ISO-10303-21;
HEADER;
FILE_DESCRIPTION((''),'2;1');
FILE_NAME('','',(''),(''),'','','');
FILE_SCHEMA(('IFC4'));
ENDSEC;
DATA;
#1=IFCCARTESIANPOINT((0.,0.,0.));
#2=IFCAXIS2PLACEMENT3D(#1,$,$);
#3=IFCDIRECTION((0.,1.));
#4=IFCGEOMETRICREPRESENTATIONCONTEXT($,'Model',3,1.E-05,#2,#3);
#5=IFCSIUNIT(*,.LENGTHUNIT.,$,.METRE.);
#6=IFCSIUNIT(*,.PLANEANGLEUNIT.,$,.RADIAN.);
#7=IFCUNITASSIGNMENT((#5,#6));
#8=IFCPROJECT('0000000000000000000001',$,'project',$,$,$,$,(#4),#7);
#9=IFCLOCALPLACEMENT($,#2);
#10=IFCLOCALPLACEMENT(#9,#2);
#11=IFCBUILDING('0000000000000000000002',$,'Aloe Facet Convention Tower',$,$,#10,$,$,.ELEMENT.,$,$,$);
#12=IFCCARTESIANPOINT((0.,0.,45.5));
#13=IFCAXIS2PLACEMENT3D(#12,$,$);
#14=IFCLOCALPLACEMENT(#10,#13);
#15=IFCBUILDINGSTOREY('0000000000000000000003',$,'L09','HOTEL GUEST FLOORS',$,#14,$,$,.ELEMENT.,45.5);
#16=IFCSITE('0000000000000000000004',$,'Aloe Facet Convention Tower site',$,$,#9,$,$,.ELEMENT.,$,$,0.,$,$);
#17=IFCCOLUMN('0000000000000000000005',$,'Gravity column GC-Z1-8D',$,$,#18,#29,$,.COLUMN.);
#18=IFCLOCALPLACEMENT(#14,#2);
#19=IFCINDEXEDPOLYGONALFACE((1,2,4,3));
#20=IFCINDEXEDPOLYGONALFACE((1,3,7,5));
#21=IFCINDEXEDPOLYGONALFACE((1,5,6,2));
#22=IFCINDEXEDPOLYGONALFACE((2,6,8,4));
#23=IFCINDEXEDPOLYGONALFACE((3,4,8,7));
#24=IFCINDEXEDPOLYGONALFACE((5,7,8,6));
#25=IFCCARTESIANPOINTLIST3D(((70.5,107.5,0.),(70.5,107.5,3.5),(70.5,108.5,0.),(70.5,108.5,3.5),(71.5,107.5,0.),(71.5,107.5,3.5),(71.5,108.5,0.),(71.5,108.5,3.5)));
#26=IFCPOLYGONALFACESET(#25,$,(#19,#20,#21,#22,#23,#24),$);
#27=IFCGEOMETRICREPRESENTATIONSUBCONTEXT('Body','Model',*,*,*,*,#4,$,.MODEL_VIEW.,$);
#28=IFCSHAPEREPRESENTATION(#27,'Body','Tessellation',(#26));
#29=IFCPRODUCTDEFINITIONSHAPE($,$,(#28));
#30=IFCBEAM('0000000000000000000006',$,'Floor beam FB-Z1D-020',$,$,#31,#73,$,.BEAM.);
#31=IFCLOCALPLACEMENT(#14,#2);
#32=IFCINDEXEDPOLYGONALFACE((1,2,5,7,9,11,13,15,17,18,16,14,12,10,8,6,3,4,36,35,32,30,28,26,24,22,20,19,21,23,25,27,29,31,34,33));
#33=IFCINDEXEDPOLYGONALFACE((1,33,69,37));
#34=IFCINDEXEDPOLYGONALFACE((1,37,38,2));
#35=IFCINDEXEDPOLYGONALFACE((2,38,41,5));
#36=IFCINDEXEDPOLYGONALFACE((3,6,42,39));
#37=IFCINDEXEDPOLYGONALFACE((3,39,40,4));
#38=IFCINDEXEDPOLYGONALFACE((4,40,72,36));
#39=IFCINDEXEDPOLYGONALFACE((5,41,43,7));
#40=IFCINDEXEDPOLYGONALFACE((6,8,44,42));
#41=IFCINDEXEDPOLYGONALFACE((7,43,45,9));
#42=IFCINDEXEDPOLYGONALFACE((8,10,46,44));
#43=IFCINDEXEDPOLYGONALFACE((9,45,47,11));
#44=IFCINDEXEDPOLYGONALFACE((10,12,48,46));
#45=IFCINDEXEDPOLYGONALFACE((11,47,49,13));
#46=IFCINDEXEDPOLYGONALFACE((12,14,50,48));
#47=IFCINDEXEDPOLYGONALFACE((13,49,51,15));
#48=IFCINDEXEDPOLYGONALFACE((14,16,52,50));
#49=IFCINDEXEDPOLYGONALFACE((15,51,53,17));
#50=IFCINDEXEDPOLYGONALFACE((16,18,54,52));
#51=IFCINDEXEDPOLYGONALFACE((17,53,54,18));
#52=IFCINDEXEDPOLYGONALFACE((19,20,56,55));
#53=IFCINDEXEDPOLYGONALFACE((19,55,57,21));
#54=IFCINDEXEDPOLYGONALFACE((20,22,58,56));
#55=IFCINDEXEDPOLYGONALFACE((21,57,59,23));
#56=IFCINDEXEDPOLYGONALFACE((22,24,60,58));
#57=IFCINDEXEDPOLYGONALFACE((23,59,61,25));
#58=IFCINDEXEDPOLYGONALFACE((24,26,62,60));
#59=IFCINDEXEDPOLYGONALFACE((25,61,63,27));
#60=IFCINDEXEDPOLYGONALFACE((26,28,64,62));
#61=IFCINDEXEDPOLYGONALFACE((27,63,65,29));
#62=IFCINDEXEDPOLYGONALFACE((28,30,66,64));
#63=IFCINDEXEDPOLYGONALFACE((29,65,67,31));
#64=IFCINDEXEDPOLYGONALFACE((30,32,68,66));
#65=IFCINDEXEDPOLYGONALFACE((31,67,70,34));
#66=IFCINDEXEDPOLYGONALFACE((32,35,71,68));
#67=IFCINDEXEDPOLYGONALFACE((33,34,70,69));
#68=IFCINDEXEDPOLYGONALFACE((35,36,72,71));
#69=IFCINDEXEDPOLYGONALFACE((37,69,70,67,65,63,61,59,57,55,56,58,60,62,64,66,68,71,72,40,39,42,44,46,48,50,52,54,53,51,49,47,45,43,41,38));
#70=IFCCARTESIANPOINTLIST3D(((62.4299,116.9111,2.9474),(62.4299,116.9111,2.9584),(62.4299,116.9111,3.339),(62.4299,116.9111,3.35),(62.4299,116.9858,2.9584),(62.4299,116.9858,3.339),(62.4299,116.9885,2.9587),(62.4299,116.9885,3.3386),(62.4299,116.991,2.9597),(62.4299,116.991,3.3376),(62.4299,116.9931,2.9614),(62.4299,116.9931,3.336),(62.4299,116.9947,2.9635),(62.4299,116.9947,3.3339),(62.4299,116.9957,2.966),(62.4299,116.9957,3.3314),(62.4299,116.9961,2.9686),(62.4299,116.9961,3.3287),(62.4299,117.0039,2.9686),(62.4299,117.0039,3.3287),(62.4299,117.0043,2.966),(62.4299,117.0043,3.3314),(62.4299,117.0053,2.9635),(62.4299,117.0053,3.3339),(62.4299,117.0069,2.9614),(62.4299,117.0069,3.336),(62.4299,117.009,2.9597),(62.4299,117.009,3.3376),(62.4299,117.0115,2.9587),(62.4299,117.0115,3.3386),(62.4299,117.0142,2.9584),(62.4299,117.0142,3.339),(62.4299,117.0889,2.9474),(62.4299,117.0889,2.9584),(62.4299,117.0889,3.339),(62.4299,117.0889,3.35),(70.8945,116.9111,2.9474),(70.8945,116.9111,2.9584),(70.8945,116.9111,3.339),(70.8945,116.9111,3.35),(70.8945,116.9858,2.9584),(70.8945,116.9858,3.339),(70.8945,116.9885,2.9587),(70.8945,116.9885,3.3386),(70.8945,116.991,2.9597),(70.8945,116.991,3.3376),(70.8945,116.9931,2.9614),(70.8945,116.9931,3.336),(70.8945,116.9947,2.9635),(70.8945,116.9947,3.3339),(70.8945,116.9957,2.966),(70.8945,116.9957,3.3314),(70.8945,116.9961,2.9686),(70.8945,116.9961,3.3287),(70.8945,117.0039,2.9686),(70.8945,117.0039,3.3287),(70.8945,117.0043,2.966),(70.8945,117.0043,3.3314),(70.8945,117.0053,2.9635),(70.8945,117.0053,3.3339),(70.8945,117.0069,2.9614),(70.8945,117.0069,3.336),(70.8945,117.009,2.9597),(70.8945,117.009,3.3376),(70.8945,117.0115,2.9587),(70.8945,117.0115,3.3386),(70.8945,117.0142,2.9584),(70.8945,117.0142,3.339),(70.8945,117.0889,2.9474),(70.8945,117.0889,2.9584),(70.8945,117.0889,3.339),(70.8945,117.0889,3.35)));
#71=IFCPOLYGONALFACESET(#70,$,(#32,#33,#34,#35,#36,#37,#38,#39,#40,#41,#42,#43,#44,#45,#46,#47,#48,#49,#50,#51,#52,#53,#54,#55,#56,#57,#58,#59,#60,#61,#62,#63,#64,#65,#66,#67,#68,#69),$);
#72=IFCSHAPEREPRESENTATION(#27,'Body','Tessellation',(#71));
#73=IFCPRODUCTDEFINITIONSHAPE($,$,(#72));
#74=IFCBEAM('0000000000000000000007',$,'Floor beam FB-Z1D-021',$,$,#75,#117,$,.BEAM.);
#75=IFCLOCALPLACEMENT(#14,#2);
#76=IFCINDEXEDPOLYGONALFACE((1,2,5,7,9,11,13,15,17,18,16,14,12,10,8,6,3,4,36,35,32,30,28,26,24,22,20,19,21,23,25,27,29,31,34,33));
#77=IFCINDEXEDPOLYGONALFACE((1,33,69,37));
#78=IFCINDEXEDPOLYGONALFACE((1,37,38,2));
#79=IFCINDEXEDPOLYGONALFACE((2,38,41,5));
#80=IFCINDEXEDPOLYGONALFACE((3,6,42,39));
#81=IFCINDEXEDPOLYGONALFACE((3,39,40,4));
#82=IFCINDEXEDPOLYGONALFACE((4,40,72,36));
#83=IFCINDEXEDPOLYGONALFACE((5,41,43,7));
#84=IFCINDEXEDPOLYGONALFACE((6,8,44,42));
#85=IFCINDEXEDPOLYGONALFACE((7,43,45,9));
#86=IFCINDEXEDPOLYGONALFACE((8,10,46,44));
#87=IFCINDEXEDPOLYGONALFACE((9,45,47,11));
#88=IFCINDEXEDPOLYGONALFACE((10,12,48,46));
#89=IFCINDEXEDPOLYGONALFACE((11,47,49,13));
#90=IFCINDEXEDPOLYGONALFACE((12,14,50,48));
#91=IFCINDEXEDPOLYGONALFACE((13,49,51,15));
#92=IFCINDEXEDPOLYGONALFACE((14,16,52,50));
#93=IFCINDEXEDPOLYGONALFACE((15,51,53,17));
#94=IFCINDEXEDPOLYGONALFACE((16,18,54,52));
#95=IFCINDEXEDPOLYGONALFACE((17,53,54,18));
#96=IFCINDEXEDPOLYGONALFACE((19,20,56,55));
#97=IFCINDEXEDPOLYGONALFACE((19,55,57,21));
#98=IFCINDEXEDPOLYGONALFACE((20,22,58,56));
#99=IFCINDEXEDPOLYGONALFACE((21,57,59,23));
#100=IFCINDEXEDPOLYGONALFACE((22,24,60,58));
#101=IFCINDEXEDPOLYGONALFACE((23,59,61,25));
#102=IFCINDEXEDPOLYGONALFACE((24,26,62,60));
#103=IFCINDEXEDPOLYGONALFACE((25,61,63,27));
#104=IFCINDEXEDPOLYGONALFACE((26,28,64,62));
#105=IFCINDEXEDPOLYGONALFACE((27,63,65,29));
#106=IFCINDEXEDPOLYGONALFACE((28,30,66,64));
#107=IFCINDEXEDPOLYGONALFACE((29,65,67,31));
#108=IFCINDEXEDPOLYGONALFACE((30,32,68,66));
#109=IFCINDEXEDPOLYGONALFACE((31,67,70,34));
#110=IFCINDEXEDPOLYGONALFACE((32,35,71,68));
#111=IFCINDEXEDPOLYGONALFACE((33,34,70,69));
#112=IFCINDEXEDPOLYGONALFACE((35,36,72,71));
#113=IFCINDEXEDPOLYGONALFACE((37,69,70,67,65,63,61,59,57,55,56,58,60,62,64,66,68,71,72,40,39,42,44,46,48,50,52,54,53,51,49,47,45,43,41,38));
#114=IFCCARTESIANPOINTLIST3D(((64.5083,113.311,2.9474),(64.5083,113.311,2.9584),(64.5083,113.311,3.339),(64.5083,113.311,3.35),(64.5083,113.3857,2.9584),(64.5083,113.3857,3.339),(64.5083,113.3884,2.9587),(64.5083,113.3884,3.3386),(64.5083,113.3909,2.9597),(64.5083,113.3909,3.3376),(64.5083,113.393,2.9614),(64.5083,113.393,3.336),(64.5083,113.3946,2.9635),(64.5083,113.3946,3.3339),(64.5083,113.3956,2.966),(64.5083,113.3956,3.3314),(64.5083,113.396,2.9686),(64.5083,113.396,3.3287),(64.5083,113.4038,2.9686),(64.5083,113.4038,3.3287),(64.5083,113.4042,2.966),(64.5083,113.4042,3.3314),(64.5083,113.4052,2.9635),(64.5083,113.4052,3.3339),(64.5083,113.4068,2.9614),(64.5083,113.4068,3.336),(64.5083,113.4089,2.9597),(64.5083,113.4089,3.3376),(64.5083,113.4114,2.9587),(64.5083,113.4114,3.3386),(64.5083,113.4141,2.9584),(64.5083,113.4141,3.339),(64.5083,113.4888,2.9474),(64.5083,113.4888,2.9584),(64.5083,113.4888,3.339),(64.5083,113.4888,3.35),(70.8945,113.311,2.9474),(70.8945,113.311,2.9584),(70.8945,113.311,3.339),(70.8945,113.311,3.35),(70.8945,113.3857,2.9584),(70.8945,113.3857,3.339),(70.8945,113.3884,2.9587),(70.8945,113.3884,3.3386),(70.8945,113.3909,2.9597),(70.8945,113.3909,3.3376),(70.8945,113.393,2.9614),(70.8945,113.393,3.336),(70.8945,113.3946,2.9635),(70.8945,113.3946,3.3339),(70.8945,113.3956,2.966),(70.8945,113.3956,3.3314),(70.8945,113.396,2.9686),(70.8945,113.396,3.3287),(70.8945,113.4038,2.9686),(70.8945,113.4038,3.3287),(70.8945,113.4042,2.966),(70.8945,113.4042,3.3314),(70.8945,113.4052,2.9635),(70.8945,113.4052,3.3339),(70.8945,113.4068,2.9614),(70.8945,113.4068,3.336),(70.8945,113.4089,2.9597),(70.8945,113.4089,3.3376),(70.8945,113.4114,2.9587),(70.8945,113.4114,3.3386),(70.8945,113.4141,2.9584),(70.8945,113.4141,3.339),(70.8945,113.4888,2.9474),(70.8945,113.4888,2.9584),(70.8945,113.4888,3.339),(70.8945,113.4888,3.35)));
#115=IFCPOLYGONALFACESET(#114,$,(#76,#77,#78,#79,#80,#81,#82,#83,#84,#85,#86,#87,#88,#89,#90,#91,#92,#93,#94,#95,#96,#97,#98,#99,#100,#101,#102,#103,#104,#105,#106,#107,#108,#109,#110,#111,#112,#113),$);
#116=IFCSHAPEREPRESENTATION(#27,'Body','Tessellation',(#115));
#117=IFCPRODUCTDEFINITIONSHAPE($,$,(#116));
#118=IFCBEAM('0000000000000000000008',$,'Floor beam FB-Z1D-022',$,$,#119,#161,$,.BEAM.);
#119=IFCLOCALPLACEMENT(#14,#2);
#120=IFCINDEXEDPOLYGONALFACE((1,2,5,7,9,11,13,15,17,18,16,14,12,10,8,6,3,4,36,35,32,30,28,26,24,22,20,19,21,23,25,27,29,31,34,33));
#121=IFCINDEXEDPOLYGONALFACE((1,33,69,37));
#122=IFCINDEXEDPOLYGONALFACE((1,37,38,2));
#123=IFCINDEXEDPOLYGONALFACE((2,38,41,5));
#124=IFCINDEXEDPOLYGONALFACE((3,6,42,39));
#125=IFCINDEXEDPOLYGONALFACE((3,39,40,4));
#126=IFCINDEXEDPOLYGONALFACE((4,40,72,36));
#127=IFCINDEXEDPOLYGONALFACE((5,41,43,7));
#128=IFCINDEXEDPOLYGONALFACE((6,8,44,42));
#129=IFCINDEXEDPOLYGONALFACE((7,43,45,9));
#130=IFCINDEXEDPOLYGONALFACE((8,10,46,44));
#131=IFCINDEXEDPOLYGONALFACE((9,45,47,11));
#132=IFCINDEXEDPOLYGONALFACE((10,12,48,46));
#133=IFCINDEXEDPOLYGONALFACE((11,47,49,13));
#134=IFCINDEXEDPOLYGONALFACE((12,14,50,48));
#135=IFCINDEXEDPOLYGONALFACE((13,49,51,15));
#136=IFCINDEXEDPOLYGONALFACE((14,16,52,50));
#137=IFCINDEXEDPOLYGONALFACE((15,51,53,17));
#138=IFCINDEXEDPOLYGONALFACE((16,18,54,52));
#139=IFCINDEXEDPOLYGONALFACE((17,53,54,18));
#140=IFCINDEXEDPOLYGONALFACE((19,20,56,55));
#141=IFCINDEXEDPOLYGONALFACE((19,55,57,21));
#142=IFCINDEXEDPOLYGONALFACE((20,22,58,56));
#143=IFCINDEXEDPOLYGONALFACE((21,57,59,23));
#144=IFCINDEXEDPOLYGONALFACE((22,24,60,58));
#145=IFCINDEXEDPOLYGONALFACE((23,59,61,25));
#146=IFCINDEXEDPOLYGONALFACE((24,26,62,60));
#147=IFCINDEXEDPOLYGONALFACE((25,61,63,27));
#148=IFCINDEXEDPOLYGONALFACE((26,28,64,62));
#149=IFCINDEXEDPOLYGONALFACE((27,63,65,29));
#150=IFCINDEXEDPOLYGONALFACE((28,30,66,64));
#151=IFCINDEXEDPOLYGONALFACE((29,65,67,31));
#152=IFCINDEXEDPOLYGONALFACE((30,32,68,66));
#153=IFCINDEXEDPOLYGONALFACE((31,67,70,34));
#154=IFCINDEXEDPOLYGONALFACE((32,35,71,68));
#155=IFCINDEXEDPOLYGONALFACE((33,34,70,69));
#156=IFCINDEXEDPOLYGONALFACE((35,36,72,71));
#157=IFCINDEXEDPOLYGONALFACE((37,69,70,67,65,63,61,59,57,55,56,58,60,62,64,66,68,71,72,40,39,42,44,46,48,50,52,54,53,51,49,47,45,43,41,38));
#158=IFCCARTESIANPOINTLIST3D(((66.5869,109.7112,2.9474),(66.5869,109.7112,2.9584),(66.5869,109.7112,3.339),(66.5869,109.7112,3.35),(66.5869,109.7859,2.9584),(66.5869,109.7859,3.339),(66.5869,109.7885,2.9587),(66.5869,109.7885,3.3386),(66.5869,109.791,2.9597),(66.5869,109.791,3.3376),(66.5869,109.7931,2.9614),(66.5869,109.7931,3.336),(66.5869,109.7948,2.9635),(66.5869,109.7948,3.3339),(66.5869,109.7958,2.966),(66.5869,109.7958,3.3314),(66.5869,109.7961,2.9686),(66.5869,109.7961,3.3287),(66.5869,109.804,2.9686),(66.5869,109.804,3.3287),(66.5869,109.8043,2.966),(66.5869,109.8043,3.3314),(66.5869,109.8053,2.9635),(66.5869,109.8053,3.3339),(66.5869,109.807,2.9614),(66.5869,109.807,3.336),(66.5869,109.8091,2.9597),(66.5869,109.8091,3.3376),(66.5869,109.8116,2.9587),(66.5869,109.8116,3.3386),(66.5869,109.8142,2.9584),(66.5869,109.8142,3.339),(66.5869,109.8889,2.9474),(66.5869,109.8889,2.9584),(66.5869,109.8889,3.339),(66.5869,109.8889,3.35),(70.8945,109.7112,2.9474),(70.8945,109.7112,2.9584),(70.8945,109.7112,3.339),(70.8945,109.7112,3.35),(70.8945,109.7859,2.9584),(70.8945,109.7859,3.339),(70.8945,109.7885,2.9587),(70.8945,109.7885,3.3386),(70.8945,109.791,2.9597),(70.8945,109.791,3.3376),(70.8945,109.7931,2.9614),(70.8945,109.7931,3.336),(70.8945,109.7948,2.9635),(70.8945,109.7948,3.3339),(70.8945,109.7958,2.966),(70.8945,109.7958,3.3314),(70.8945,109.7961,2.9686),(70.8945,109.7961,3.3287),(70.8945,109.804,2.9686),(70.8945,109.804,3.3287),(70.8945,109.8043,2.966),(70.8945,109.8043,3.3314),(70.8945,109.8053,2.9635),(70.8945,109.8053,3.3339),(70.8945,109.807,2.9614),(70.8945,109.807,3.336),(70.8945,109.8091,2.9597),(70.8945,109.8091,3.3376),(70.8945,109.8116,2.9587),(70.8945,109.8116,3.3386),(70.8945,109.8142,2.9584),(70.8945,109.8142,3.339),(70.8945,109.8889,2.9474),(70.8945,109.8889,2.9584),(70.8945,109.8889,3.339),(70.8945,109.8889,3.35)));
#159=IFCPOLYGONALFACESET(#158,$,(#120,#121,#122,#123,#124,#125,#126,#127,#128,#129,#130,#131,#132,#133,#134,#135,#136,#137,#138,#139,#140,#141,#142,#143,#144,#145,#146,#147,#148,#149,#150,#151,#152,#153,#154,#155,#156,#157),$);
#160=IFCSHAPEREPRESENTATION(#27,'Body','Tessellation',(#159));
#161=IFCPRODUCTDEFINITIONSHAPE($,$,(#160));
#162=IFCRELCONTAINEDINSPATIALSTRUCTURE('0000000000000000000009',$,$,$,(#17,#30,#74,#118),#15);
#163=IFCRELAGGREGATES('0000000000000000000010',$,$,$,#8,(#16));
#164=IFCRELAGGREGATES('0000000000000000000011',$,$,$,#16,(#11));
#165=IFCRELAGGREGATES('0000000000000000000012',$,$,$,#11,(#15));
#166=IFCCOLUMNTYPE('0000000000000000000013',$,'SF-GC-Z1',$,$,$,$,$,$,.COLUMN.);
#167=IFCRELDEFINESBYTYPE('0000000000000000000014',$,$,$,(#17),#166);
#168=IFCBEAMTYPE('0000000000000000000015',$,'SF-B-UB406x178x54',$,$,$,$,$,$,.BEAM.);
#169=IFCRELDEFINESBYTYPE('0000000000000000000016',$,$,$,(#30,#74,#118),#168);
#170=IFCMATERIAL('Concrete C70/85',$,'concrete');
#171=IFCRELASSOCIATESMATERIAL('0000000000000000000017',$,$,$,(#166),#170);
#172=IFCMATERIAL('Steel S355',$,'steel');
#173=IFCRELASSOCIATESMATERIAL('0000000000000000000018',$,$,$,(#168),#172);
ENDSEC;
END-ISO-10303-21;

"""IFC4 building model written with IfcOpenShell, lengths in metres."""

from ifc_helpers import new_model, si_unit, direction, frame, origin, origin_2d, place, context, subcontext, project, spatial, rectangle, i_section, extrude, material, material_profile, profile_set, type_object, element, save


model = new_model("IFC4")

# Units and contexts
model_context = context("Model", 3, precision=1e-05, world=origin(), true_north=direction((0.0, 1.0)))
body_context = subcontext(model_context, "Body", "Model", "MODEL_VIEW")
ifc_project = project(units=[si_unit("LENGTHUNIT", "METRE"), si_unit("PLANEANGLEUNIT", "RADIAN")], contexts=[model_context])

# Site, building, storey
site_placement = place(None, origin())
site = spatial("IfcSite", under=ifc_project, at=site_placement, Name="Aloe Facet Convention Tower site", CompositionType="ELEMENT", RefElevation=0.0)
building_placement = place(site_placement, origin())
building = spatial("IfcBuilding", under=site, at=building_placement, Name="Aloe Facet Convention Tower", CompositionType="ELEMENT")
storey_placement = place(building_placement, frame((0.0, 0.0, 45.5)))
storey = spatial("IfcBuildingStorey", under=building, at=storey_placement, Name="L09", Description="HOTEL GUEST FLOORS", CompositionType="ELEMENT", Elevation=45.5)

# Column
ifc_material_1 = material(Name="Concrete C70/85", Category="concrete")
ifc_material_profile_1 = material_profile(ifc_material_1, rectangle(XDim=1.0, YDim=1.0, at=origin_2d()), Name="SF-GC-Z1")
ifc_profile_set_1 = profile_set([ifc_material_profile_1], Name="Concrete C70/85")
column_type = type_object("IfcColumnType", Name="SF-GC-Z1", PredefinedType="COLUMN", material=ifc_profile_set_1)
column_placement = place(storey_placement, frame((71.0, 108.0, 0.0), z_axis=(0.0, 0.0, 1.0), x_axis=(1.0, 0.0, 0.0)))
element("IfcColumn", 1, at=column_placement, inside=storey, type_object=column_type, Name="Gravity column GC-Z1-8D", PredefinedType="COLUMN", context=body_context, shape_type="SweptSolid", body=[
    extrude(rectangle(XDim=1.0, YDim=1.0, at=origin_2d()), origin(), (0.0, 0.0, 1.0), 3.5),
])

# Beams
ifc_material_2 = material(Name="Steel S355", Category="steel")
ifc_material_profile_2 = material_profile(ifc_material_2, i_section(OverallWidth=0.1777, OverallDepth=0.4026, WebThickness=0.0078, FlangeThickness=0.011, FilletRadius=0.0103, at=origin_2d()), Name="UB 406x178x54")
ifc_profile_set_2 = profile_set([ifc_material_profile_2], Name="Steel S355")
beam_type = type_object("IfcBeamType", Name="SF-B-UB406x178x54", PredefinedType="BEAM", material=ifc_profile_set_2)
beam_1_placement = place(storey_placement, frame((62.4299, 117.0, 3.1487), z_axis=(1.0, 0.0, 0.0), x_axis=(0.0, 1.0, 0.0)))
element("IfcBeam", 2, at=beam_1_placement, inside=storey, type_object=beam_type, Name="Floor beam FB-Z1D-020", PredefinedType="BEAM", context=body_context, shape_type="SweptSolid", body=[
    extrude(i_section(OverallWidth=0.1777, OverallDepth=0.4026, WebThickness=0.0078, FlangeThickness=0.011, FilletRadius=0.0103, at=origin_2d()), origin(), (0.0, 0.0, 1.0), 8.4646),
])
beam_2_placement = place(storey_placement, frame((64.5083, 113.3999, 3.1487), z_axis=(1.0, 0.0, 0.0), x_axis=(0.0, 1.0, 0.0)))
element("IfcBeam", 3, at=beam_2_placement, inside=storey, type_object=beam_type, Name="Floor beam FB-Z1D-021", PredefinedType="BEAM", context=body_context, shape_type="SweptSolid", body=[
    extrude(i_section(OverallWidth=0.1777, OverallDepth=0.4026, WebThickness=0.0078, FlangeThickness=0.011, FilletRadius=0.0103, at=origin_2d()), origin(), (0.0, 0.0, 1.0), 6.3862),
])
beam_3_placement = place(storey_placement, frame((66.5869, 109.8, 3.1487), z_axis=(1.0, 0.0, 0.0), x_axis=(0.0, 1.0, 0.0)))
element("IfcBeam", 4, at=beam_3_placement, inside=storey, type_object=beam_type, Name="Floor beam FB-Z1D-022", PredefinedType="BEAM", context=body_context, shape_type="SweptSolid", body=[
    extrude(i_section(OverallWidth=0.1777, OverallDepth=0.4026, WebThickness=0.0078, FlangeThickness=0.011, FilletRadius=0.0103, at=origin_2d()), origin(), (0.0, 0.0, 1.0), 4.3076),
])

save(model, "model.ifc")
